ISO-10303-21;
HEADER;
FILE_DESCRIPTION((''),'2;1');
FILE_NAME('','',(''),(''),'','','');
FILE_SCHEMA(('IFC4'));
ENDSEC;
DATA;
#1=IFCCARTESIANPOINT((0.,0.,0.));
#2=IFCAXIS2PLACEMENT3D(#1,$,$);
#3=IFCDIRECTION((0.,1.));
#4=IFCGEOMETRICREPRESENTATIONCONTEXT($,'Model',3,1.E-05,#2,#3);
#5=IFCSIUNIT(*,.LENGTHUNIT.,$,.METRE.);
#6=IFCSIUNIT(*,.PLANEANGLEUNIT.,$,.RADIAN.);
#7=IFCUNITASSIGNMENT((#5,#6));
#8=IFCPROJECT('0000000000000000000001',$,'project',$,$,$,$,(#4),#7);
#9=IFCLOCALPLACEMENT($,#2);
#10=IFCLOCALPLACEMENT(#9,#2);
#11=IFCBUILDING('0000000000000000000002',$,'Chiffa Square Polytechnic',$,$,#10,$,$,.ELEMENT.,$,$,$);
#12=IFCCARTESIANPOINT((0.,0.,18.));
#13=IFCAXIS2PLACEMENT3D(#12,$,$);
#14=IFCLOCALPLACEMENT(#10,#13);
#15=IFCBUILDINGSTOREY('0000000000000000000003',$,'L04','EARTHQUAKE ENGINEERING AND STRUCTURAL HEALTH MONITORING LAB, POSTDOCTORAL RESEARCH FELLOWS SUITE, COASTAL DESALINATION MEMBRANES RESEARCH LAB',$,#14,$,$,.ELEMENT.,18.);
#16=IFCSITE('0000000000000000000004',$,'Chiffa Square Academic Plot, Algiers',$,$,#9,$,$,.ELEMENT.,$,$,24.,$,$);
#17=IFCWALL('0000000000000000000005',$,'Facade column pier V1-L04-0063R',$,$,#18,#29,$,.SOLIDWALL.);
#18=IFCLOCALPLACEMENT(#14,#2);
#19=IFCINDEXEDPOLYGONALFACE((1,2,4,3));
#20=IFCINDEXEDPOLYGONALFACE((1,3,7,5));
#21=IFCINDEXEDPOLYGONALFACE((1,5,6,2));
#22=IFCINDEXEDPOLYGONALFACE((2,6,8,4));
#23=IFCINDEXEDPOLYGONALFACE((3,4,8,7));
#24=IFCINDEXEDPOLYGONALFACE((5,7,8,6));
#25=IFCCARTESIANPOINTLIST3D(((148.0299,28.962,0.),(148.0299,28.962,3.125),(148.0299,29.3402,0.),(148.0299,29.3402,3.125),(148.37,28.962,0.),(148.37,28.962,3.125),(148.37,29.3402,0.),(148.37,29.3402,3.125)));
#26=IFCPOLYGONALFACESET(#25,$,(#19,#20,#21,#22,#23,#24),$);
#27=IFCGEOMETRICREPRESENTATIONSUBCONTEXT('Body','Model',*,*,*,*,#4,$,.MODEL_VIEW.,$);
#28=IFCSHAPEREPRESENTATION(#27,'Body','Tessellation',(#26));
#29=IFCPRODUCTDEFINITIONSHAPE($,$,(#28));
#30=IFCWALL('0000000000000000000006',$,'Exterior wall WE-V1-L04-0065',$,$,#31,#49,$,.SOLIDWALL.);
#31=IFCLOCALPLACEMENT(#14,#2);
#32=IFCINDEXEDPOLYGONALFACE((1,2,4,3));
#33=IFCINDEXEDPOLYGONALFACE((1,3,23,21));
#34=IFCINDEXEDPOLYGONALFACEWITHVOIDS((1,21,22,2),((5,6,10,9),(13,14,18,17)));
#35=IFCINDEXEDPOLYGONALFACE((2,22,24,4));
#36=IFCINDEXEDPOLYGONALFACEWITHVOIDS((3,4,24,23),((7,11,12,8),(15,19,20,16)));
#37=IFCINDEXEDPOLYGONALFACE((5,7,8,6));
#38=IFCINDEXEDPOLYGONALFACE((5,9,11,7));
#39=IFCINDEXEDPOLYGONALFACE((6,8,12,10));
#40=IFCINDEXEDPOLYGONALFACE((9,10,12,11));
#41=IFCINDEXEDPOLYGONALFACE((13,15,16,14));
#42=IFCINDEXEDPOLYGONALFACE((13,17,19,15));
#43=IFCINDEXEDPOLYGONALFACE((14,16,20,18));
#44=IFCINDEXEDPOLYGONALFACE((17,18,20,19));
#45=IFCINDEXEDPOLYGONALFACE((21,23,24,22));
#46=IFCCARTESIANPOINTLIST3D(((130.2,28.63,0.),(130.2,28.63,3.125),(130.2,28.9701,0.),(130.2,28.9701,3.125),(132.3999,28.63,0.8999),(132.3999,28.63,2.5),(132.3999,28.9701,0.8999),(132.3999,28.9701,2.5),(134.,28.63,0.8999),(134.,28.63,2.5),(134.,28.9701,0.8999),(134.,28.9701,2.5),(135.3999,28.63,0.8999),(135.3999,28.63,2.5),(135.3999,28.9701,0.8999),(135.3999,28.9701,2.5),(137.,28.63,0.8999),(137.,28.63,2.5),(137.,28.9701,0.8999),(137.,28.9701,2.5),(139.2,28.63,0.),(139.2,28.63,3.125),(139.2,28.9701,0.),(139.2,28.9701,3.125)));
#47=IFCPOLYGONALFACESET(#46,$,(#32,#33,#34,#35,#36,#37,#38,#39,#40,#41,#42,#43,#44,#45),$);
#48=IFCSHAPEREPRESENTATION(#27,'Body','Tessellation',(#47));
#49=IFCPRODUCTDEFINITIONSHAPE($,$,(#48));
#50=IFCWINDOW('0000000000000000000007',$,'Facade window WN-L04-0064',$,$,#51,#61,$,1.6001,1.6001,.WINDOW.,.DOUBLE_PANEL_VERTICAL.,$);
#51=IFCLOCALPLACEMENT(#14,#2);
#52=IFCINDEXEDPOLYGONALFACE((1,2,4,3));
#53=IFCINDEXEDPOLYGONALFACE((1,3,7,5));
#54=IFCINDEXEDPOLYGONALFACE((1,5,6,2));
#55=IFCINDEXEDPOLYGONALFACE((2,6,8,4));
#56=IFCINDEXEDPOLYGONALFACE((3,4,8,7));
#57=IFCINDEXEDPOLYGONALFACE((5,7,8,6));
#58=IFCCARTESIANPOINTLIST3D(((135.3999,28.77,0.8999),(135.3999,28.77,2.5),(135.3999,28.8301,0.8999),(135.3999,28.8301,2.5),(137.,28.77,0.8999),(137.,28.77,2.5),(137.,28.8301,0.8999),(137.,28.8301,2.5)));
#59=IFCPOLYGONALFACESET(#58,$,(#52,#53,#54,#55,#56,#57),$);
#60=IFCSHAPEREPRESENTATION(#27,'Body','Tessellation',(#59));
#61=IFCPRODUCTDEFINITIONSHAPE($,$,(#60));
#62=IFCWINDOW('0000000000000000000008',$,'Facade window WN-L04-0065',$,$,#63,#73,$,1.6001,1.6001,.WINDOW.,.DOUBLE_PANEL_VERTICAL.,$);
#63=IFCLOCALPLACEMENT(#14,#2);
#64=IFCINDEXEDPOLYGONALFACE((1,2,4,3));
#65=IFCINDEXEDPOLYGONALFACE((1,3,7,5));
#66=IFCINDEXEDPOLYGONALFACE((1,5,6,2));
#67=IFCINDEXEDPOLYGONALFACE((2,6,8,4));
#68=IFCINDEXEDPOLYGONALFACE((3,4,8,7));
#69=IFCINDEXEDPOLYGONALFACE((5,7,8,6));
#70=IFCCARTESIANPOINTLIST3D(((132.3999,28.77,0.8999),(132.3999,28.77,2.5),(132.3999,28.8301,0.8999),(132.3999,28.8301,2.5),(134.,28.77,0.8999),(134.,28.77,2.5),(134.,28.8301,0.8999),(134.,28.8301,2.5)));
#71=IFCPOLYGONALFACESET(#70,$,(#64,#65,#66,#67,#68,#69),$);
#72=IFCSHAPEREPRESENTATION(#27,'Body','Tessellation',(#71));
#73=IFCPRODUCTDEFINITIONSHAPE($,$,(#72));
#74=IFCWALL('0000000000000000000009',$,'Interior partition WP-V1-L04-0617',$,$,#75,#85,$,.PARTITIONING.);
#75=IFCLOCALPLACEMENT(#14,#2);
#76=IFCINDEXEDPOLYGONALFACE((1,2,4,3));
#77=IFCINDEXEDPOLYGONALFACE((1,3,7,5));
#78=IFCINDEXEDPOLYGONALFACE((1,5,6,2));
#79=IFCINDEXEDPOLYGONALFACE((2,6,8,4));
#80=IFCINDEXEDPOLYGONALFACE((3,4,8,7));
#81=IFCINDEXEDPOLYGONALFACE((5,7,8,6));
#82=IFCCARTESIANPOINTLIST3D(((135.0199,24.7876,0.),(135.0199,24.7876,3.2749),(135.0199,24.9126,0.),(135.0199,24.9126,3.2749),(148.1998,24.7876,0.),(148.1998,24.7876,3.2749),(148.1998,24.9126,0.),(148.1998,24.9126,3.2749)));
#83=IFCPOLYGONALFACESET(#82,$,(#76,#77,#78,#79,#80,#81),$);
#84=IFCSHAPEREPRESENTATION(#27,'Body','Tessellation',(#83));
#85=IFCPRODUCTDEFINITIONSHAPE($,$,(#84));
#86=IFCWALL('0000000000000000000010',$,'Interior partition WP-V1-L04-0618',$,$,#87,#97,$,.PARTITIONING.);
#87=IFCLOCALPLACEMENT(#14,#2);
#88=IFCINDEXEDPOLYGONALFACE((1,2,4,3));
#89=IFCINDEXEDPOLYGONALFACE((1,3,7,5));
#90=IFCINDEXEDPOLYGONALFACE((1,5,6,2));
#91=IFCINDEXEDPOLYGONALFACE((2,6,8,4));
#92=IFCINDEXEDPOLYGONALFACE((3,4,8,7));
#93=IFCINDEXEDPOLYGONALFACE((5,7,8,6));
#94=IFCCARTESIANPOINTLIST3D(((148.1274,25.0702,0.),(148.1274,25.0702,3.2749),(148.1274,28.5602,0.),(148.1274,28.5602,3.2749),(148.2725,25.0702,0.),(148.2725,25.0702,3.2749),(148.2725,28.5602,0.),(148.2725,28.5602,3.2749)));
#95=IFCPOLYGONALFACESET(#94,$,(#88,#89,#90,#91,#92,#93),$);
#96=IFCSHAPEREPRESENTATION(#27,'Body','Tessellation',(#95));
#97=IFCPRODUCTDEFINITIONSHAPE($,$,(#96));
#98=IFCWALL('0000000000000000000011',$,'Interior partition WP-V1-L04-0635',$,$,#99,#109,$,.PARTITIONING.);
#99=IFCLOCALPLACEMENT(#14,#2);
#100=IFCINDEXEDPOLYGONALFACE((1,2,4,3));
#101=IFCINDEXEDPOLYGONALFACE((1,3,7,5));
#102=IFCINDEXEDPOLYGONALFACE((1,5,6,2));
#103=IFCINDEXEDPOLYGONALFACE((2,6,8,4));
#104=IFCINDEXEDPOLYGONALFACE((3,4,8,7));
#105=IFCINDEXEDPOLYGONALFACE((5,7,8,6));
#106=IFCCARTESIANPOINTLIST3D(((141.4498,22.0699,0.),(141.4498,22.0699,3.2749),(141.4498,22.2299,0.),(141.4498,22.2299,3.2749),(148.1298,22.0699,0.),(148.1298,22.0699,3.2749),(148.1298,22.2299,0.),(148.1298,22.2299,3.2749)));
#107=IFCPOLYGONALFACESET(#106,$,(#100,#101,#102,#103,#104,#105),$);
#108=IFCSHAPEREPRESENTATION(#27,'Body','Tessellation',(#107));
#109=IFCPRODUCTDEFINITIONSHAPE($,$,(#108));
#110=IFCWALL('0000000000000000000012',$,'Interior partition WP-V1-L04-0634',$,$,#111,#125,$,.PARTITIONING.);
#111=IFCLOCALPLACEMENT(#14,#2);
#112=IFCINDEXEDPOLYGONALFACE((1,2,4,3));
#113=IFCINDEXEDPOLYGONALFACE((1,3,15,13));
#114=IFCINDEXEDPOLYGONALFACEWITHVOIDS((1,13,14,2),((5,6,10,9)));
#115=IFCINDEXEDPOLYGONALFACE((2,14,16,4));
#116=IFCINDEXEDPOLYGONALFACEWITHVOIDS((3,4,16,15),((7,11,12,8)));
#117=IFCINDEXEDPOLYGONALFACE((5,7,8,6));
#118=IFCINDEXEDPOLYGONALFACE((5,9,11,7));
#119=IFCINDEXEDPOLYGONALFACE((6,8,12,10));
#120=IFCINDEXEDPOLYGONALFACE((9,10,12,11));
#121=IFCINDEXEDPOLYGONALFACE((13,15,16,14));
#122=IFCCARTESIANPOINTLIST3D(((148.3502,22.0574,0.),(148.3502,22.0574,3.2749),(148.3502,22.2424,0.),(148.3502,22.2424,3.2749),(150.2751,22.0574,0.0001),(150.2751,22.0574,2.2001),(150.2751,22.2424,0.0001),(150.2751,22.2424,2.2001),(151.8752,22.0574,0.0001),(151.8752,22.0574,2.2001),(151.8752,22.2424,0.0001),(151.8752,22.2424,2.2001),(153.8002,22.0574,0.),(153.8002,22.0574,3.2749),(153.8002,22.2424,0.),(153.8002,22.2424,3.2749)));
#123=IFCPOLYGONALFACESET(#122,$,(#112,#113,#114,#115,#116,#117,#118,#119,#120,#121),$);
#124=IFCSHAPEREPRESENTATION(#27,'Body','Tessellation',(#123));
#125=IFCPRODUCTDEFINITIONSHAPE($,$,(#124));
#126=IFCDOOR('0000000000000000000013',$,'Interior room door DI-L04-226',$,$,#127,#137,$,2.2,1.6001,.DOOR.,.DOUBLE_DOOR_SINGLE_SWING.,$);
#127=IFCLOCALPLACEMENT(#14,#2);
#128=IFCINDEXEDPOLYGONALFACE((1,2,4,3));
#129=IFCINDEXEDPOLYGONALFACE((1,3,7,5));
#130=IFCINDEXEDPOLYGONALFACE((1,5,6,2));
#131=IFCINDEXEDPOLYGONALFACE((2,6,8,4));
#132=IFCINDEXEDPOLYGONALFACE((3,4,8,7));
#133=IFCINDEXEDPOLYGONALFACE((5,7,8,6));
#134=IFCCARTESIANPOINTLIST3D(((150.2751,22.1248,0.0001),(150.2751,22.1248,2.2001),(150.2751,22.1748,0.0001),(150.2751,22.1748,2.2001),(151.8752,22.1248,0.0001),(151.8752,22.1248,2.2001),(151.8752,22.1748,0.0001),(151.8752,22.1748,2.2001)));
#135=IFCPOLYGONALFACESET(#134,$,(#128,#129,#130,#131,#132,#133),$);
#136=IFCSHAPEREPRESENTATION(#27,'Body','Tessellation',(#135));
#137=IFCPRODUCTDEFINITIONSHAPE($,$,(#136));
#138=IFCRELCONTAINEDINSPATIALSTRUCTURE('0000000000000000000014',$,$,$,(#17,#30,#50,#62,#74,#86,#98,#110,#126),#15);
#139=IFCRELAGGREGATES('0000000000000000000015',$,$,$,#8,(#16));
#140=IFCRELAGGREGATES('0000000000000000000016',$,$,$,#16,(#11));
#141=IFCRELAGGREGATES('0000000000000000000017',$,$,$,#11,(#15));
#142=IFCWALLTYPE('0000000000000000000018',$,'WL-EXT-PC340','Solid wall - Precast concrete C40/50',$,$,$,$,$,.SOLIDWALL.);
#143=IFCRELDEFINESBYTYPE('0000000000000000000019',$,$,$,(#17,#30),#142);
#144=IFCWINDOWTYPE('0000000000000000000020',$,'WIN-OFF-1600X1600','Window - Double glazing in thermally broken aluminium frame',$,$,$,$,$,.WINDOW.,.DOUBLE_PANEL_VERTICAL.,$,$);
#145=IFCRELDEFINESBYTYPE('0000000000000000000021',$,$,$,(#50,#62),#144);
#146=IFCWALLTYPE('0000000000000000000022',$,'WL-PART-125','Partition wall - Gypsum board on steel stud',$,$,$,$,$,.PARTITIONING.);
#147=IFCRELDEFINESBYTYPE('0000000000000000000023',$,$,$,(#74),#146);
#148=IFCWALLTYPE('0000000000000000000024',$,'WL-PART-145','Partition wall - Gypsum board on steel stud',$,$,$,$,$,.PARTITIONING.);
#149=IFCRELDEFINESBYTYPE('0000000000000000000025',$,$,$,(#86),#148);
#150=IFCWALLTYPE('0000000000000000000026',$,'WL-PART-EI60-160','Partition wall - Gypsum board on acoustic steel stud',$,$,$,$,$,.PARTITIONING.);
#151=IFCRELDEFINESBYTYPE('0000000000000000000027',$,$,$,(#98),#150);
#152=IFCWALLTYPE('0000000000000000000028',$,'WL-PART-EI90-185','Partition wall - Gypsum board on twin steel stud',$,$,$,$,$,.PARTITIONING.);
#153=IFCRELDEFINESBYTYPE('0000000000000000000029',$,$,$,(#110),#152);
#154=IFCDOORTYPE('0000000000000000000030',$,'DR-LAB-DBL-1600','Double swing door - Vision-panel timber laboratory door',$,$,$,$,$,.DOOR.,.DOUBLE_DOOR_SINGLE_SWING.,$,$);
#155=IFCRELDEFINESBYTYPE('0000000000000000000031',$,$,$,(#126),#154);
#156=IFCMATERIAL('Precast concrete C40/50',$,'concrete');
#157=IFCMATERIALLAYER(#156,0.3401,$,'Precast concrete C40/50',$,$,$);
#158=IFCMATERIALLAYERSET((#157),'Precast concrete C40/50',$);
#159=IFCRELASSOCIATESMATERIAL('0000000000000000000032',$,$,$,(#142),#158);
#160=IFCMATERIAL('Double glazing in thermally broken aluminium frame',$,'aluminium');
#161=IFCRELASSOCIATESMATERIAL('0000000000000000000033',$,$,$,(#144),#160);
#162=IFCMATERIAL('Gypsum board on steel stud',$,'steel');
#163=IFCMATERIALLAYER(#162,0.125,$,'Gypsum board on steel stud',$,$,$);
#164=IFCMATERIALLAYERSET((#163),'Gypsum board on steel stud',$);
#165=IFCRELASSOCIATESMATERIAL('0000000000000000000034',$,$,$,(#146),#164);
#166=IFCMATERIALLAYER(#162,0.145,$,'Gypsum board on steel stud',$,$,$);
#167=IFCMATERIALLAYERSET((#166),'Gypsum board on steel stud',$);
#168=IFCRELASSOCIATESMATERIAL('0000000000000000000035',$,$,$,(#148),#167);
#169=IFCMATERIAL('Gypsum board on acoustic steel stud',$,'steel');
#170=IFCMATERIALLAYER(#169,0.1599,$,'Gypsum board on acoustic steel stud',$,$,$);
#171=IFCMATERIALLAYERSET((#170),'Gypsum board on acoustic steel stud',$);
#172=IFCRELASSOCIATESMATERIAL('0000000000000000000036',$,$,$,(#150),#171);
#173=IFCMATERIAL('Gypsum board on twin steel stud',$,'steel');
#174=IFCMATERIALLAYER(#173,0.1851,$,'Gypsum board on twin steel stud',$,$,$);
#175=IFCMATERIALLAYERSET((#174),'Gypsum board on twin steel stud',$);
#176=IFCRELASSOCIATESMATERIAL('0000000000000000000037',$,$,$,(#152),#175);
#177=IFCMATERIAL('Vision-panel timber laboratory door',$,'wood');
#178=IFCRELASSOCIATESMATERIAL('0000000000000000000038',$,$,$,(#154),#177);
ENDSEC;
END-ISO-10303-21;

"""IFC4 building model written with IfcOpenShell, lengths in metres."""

from ifc_helpers import new_model, si_unit, direction, frame, frame_2d, origin, place, context, subcontext, project, spatial, rectangle, extrude, material, layer, layer_set, type_object, element, fill, save


model = new_model("IFC4")

# Units and contexts
model_context = context("Model", 3, precision=1e-05, world=origin(), true_north=direction((0.0, 1.0)))
body_context = subcontext(model_context, "Body", "Model", "MODEL_VIEW")
ifc_project = project(units=[si_unit("LENGTHUNIT", "METRE"), si_unit("PLANEANGLEUNIT", "RADIAN")], contexts=[model_context])

# Site, building, storey
site_placement = place(None, origin())
site = spatial("IfcSite", under=ifc_project, at=site_placement, Name="Chiffa Square Academic Plot, Algiers", CompositionType="ELEMENT", RefElevation=24.0)
building_placement = place(site_placement, origin())
building = spatial("IfcBuilding", under=site, at=building_placement, Name="Chiffa Square Polytechnic", CompositionType="ELEMENT")
storey_placement = place(building_placement, frame((0.0, 0.0, 18.0)))
storey = spatial("IfcBuildingStorey", under=building, at=storey_placement, Name="L04", Description="EARTHQUAKE ENGINEERING AND STRUCTURAL HEALTH MONITORING LAB, POSTDOCTORAL RESEARCH FELLOWS SUITE, COASTAL DESALINATION MEMBRANES RESEARCH LAB", CompositionType="ELEMENT", Elevation=18.0)

# Shared definitions
ifc_material_1 = material(Name="Precast concrete C40/50", Category="concrete")
ifc_material_2 = material(Name="Double glazing in thermally broken aluminium frame", Category="aluminium")

# Wall
ifc_layer_1 = layer(ifc_material_1, 0.3401, Name="Precast concrete C40/50")
ifc_layer_set_1 = layer_set([ifc_layer_1], Name="Precast concrete C40/50")
wall_type_1 = type_object("IfcWallType", Name="WL-EXT-PC340", Description="Solid wall - Precast concrete C40/50", PredefinedType="SOLIDWALL", material=ifc_layer_set_1)
wall_1_placement = place(storey_placement, frame((148.2, 29.3401, 0.0), z_axis=(0.0, 0.0, 1.0), x_axis=(0.0, -1.0, 0.0)))
element("IfcWall", 1, at=wall_1_placement, inside=storey, type_object=wall_type_1, Name="Facade column pier V1-L04-0063R", PredefinedType="SOLIDWALL", context=body_context, shape_type="SweptSolid", body=[
    extrude(rectangle(XDim=0.3782, YDim=0.3401, at=frame_2d((0.189, 0.0))), origin(), (0.0, 0.0, 1.0), 3.125),
])

# Wall, openings, windows
wall_2_placement = place(storey_placement, frame((139.2, 28.8, 0.0), z_axis=(0.0, 0.0, 1.0), x_axis=(-1.0, 0.0, 0.0)))
wall_2 = element("IfcWall", 2, at=wall_2_placement, inside=storey, type_object=wall_type_1, Name="Exterior wall WE-V1-L04-0065", PredefinedType="SOLIDWALL", context=body_context, shape_type="SweptSolid", body=[
    extrude(rectangle(XDim=9.0, YDim=0.3401, at=frame_2d((4.5, 0.0))), origin(), (0.0, 0.0, 1.0), 3.125),
])
opening_1_placement = place(wall_2_placement, frame((2.2, 0.0, 0.8999)))
opening_1 = element("IfcOpeningElement", 3, at=opening_1_placement, cuts=wall_2, PredefinedType="OPENING", context=body_context, shape_type="SweptSolid", body=[
    extrude(rectangle(XDim=1.6001, YDim=1.6001, at=frame_2d((0.8, 0.8))), frame((0.0, 0.1802, 0.0), z_axis=(0.0, -1.0, 0.0), x_axis=(1.0, 0.0, 0.0)), (0.0, 0.0, 1.0), 0.3601),
])
opening_2_placement = place(wall_2_placement, frame((5.2, 0.0, 0.8999)))
opening_2 = element("IfcOpeningElement", 4, at=opening_2_placement, cuts=wall_2, PredefinedType="OPENING", context=body_context, shape_type="SweptSolid", body=[
    extrude(rectangle(XDim=1.6001, YDim=1.6001, at=frame_2d((0.8, 0.8))), frame((0.0, 0.1802, 0.0), z_axis=(0.0, -1.0, 0.0), x_axis=(1.0, 0.0, 0.0)), (0.0, 0.0, 1.0), 0.3601),
])
window_type_1 = type_object("IfcWindowType", Name="WIN-OFF-1600X1600", Description="Window - Double glazing in thermally broken aluminium frame", PartitioningType="DOUBLE_PANEL_VERTICAL", PredefinedType="WINDOW", material=ifc_material_2)
window_1_placement = place(opening_1_placement, origin())
window_1 = element("IfcWindow", 5, at=window_1_placement, inside=storey, type_object=window_type_1, Name="Facade window WN-L04-0064", OverallHeight=1.6001, OverallWidth=1.6001, PartitioningType="DOUBLE_PANEL_VERTICAL", PredefinedType="WINDOW", context=body_context, shape_type="SweptSolid", body=[
    extrude(rectangle(XDim=1.6001, YDim=1.6001, at=frame_2d((0.8, 0.8))), frame((0.0, 0.03, 0.0), z_axis=(0.0, -1.0, 0.0), x_axis=(1.0, 0.0, 0.0)), (0.0, 0.0, 1.0), 0.0601),
])
fill(opening_1, window_1)
window_2_placement = place(opening_2_placement, origin())
window_2 = element("IfcWindow", 6, at=window_2_placement, inside=storey, type_object=window_type_1, Name="Facade window WN-L04-0065", OverallHeight=1.6001, OverallWidth=1.6001, PartitioningType="DOUBLE_PANEL_VERTICAL", PredefinedType="WINDOW", context=body_context, shape_type="SweptSolid", body=[
    extrude(rectangle(XDim=1.6001, YDim=1.6001, at=frame_2d((0.8, 0.8))), frame((0.0, 0.03, 0.0), z_axis=(0.0, -1.0, 0.0), x_axis=(1.0, 0.0, 0.0)), (0.0, 0.0, 1.0), 0.0601),
])
fill(opening_2, window_2)

# Wall
ifc_material_3 = material(Name="Gypsum board on steel stud", Category="steel")
ifc_layer_2 = layer(ifc_material_3, 0.125, Name="Gypsum board on steel stud")
ifc_layer_set_2 = layer_set([ifc_layer_2], Name="Gypsum board on steel stud")
wall_type_2 = type_object("IfcWallType", Name="WL-PART-125", Description="Partition wall - Gypsum board on steel stud", PredefinedType="PARTITIONING", material=ifc_layer_set_2)
wall_3_placement = place(storey_placement, frame((135.02, 24.8501, 0.0), z_axis=(0.0, 0.0, 1.0), x_axis=(1.0, 0.0, 0.0)))
element("IfcWall", 7, at=wall_3_placement, inside=storey, type_object=wall_type_2, Name="Interior partition WP-V1-L04-0617", PredefinedType="PARTITIONING", context=body_context, shape_type="SweptSolid", body=[
    extrude(rectangle(XDim=13.1799, YDim=0.125, at=frame_2d((6.5898, 0.0))), origin(), (0.0, 0.0, 1.0), 3.2749),
])

# Walls
ifc_layer_3 = layer(ifc_material_3, 0.145, Name="Gypsum board on steel stud")
ifc_layer_set_3 = layer_set([ifc_layer_3], Name="Gypsum board on steel stud")
wall_type_3 = type_object("IfcWallType", Name="WL-PART-145", Description="Partition wall - Gypsum board on steel stud", PredefinedType="PARTITIONING", material=ifc_layer_set_3)
wall_4_placement = place(storey_placement, frame((148.2, 25.0701, 0.0), z_axis=(0.0, 0.0, 1.0), x_axis=(0.0, 1.0, 0.0)))
element("IfcWall", 8, at=wall_4_placement, inside=storey, type_object=wall_type_3, Name="Interior partition WP-V1-L04-0618", PredefinedType="PARTITIONING", context=body_context, shape_type="SweptSolid", body=[
    extrude(rectangle(XDim=3.49, YDim=0.145, at=frame_2d((1.7451, 0.0))), origin(), (0.0, 0.0, 1.0), 3.2749),
])
ifc_material_4 = material(Name="Gypsum board on acoustic steel stud", Category="steel")
ifc_layer_4 = layer(ifc_material_4, 0.1599, Name="Gypsum board on acoustic steel stud")
ifc_layer_set_4 = layer_set([ifc_layer_4], Name="Gypsum board on acoustic steel stud")
wall_type_4 = type_object("IfcWallType", Name="WL-PART-EI60-160", Description="Partition wall - Gypsum board on acoustic steel stud", PredefinedType="PARTITIONING", material=ifc_layer_set_4)
wall_5_placement = place(storey_placement, frame((141.45, 22.1499, 0.0), z_axis=(0.0, 0.0, 1.0), x_axis=(1.0, 0.0, 0.0)))
element("IfcWall", 9, at=wall_5_placement, inside=storey, type_object=wall_type_4, Name="Interior partition WP-V1-L04-0635", PredefinedType="PARTITIONING", context=body_context, shape_type="SweptSolid", body=[
    extrude(rectangle(XDim=6.6799, YDim=0.1599, at=frame_2d((3.3398, 0.0))), origin(), (0.0, 0.0, 1.0), 3.2749),
])

# Wall, opening, door
ifc_material_5 = material(Name="Gypsum board on twin steel stud", Category="steel")
ifc_layer_5 = layer(ifc_material_5, 0.1851, Name="Gypsum board on twin steel stud")
ifc_layer_set_5 = layer_set([ifc_layer_5], Name="Gypsum board on twin steel stud")
wall_type_5 = type_object("IfcWallType", Name="WL-PART-EI90-185", Description="Partition wall - Gypsum board on twin steel stud", PredefinedType="PARTITIONING", material=ifc_layer_set_5)
wall_6_placement = place(storey_placement, frame((148.3501, 22.1499, 0.0), z_axis=(0.0, 0.0, 1.0), x_axis=(1.0, 0.0, 0.0)))
wall_6 = element("IfcWall", 10, at=wall_6_placement, inside=storey, type_object=wall_type_5, Name="Interior partition WP-V1-L04-0634", PredefinedType="PARTITIONING", context=body_context, shape_type="SweptSolid", body=[
    extrude(rectangle(XDim=5.45, YDim=0.1851, at=frame_2d((2.7251, 0.0))), origin(), (0.0, 0.0, 1.0), 3.2749),
])
opening_3_placement = place(wall_6_placement, frame((1.925, 0.0, 0.0)))
opening_3 = element("IfcOpeningElement", 11, at=opening_3_placement, cuts=wall_6, PredefinedType="OPENING", context=body_context, shape_type="SweptSolid", body=[
    extrude(rectangle(XDim=1.6001, YDim=2.2, at=frame_2d((0.8, 1.1001))), frame((0.0, 0.1025, 0.0), z_axis=(0.0, -1.0, 0.0), x_axis=(1.0, 0.0, 0.0)), (0.0, 0.0, 1.0), 0.2051),
])
ifc_material_6 = material(Name="Vision-panel timber laboratory door", Category="wood")
door_type_1 = type_object("IfcDoorType", Name="DR-LAB-DBL-1600", Description="Double swing door - Vision-panel timber laboratory door", OperationType="DOUBLE_DOOR_SINGLE_SWING", PredefinedType="DOOR", material=ifc_material_6)
door_1_placement = place(opening_3_placement, origin())
door_1 = element("IfcDoor", 12, at=door_1_placement, inside=storey, type_object=door_type_1, Name="Interior room door DI-L04-226", OperationType="DOUBLE_DOOR_SINGLE_SWING", OverallHeight=2.2, OverallWidth=1.6001, PredefinedType="DOOR", context=body_context, shape_type="SweptSolid", body=[
    extrude(rectangle(XDim=1.6001, YDim=2.2, at=frame_2d((0.8, 1.1001))), frame((0.0, 0.0249, 0.0), z_axis=(0.0, -1.0, 0.0), x_axis=(1.0, 0.0, 0.0)), (0.0, 0.0, 1.0), 0.05),
])
fill(opening_3, door_1)

save(model, "model.ifc")
